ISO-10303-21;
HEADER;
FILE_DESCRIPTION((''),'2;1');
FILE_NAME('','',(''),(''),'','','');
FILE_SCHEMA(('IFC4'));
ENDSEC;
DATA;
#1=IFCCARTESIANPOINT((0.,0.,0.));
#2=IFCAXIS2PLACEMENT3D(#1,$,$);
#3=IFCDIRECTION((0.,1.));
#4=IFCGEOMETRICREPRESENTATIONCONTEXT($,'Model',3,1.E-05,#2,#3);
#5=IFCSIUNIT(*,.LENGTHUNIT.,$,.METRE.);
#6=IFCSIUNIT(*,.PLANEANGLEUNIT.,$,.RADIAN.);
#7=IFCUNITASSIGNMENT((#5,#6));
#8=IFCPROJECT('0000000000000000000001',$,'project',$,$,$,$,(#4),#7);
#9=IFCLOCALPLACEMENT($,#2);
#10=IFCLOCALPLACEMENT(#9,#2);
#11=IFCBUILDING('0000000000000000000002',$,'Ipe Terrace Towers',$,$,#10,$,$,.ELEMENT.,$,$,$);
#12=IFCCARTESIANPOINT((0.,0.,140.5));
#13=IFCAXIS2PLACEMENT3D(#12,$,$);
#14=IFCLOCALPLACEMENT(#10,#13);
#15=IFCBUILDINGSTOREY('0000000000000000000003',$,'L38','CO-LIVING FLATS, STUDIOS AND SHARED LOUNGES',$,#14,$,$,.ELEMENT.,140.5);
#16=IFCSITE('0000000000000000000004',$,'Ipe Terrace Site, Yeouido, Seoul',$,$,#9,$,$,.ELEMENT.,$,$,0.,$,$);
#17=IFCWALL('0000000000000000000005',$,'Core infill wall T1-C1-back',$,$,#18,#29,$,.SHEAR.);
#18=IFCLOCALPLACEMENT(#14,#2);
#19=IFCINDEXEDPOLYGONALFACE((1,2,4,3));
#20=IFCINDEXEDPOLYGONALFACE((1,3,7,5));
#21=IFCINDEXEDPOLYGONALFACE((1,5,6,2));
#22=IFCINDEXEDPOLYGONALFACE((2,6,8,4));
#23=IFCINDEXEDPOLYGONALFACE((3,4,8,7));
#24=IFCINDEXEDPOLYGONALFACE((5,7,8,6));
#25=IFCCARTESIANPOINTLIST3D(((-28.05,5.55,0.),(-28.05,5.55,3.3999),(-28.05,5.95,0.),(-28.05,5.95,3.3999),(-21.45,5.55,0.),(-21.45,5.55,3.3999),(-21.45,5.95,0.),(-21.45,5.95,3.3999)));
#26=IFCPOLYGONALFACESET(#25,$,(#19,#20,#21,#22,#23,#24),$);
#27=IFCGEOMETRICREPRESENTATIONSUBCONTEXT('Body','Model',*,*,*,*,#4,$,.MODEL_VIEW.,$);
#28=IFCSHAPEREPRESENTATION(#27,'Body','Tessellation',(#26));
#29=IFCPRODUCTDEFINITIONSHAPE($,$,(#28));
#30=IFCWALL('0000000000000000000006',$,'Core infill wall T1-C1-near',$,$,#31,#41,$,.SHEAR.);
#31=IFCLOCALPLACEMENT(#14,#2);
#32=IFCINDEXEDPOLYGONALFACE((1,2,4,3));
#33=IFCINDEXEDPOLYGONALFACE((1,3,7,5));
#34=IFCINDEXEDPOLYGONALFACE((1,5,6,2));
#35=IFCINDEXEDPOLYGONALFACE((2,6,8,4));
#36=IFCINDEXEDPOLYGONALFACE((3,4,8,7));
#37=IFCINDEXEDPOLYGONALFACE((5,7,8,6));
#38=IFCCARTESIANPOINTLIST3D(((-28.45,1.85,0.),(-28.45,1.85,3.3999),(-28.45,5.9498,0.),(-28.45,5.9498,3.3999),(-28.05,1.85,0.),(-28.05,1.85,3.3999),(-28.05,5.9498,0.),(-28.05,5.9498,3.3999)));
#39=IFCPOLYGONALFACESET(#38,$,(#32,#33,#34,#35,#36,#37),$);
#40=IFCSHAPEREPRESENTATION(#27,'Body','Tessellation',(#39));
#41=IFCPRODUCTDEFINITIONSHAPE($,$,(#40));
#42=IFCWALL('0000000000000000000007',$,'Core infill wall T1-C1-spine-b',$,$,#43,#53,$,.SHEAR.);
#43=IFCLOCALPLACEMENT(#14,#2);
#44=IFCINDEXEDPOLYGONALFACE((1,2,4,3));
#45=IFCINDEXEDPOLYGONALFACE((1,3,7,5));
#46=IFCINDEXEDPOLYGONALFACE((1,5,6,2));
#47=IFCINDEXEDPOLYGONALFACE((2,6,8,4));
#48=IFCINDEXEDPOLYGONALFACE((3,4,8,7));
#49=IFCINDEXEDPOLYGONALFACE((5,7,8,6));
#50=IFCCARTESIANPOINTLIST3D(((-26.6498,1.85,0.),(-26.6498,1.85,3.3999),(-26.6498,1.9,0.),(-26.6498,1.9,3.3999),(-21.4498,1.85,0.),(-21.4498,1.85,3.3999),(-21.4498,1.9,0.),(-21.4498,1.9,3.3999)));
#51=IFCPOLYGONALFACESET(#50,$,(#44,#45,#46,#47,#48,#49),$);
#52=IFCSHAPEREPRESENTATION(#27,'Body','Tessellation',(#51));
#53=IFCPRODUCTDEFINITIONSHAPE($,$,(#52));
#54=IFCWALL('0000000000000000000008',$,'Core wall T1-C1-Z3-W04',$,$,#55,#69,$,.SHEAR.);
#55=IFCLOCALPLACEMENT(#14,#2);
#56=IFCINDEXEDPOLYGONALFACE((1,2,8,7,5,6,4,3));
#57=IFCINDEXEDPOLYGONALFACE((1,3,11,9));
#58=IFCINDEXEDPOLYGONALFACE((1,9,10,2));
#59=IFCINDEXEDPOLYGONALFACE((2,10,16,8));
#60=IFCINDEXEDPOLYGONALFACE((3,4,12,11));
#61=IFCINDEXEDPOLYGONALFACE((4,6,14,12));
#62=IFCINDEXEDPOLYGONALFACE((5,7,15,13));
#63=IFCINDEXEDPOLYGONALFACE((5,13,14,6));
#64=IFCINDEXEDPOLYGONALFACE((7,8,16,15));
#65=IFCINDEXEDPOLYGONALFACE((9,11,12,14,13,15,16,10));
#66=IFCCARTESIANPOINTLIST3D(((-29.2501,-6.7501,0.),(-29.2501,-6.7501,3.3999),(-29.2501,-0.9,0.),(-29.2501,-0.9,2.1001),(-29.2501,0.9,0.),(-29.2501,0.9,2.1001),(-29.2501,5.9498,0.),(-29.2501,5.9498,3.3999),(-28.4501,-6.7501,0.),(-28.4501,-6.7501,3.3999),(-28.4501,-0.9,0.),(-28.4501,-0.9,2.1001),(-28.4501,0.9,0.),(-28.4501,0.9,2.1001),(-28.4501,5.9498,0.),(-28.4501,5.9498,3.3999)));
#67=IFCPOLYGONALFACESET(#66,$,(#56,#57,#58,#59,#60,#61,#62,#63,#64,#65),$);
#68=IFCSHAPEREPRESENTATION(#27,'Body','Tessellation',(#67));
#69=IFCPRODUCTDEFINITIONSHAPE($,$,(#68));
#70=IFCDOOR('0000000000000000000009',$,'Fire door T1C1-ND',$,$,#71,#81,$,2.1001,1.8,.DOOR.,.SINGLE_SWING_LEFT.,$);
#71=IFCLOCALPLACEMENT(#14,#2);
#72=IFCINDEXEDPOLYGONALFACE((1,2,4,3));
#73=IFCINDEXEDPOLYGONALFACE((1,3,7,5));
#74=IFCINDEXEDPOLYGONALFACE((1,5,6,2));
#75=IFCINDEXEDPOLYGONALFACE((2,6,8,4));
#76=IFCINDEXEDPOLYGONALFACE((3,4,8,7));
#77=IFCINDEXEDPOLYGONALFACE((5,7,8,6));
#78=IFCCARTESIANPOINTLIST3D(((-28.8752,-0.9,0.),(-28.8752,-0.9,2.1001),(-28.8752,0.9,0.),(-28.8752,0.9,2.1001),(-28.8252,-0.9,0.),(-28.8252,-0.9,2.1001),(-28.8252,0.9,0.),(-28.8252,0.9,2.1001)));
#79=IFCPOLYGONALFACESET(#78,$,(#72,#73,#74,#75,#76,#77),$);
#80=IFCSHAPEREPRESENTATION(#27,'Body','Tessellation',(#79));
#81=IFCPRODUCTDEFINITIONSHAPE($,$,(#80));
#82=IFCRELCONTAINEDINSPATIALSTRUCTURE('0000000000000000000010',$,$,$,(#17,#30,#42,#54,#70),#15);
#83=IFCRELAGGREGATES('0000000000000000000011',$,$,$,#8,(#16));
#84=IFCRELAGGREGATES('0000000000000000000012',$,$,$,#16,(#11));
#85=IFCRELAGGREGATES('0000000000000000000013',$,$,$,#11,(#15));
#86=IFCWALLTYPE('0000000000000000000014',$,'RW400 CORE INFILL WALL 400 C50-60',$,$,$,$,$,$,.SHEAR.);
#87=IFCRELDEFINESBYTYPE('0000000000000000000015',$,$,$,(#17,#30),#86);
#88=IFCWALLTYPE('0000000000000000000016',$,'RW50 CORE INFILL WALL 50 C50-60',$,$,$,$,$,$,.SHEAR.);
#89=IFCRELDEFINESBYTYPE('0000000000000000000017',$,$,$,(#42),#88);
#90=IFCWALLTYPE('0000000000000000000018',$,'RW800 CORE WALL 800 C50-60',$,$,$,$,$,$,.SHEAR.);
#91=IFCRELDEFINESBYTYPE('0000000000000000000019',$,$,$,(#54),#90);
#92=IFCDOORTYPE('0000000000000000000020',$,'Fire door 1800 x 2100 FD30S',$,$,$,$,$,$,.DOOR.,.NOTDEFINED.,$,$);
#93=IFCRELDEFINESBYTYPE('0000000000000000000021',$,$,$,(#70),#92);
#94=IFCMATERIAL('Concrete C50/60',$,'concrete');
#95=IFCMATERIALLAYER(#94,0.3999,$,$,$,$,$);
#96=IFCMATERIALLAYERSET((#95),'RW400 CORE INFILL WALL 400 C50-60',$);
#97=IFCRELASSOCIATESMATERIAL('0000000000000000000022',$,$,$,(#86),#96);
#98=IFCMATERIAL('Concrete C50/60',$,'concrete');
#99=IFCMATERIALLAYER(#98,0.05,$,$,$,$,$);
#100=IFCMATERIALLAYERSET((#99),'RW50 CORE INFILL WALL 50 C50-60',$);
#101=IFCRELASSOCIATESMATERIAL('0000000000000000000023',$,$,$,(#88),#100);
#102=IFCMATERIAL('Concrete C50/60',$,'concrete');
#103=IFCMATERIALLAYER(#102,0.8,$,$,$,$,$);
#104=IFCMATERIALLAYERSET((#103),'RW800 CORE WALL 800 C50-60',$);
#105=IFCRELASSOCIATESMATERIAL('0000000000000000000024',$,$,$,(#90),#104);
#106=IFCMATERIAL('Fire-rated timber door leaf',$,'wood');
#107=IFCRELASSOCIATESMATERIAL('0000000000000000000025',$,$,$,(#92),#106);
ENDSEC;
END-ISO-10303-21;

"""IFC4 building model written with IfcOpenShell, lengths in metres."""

from ifc_helpers import new_model, si_unit, direction, frame, frame_2d, origin, place, context, subcontext, project, spatial, rectangle, extrude, material, layer, layer_set, type_object, element, fill, save


model = new_model("IFC4")

# Units and contexts
model_context = context("Model", 3, precision=1e-05, world=origin(), true_north=direction((0.0, 1.0)))
body_context = subcontext(model_context, "Body", "Model", "MODEL_VIEW")
ifc_project = project(units=[si_unit("LENGTHUNIT", "METRE"), si_unit("PLANEANGLEUNIT", "RADIAN")], contexts=[model_context])

# Site, building, storey
site_placement = place(None, origin())
site = spatial("IfcSite", under=ifc_project, at=site_placement, Name="Ipe Terrace Site, Yeouido, Seoul", CompositionType="ELEMENT", RefElevation=0.0)
building_placement = place(site_placement, origin())
building = spatial("IfcBuilding", under=site, at=building_placement, Name="Ipe Terrace Towers", CompositionType="ELEMENT")
storey_placement = place(building_placement, frame((0.0, 0.0, 140.5)))
storey = spatial("IfcBuildingStorey", under=building, at=storey_placement, Name="L38", Description="CO-LIVING FLATS, STUDIOS AND SHARED LOUNGES", CompositionType="ELEMENT", Elevation=140.5)

# Walls
ifc_material_1 = material(Name="Concrete C50/60", Category="concrete")
ifc_layer_1 = layer(ifc_material_1, 0.3999)
ifc_layer_set_1 = layer_set([ifc_layer_1], Name="RW400 CORE INFILL WALL 400 C50-60")
wall_type_1 = type_object("IfcWallType", Name="RW400 CORE INFILL WALL 400 C50-60", PredefinedType="SHEAR", material=ifc_layer_set_1)
wall_1_placement = place(storey_placement, frame((-28.05, 5.75, 0.0), z_axis=(0.0, 0.0, 1.0), x_axis=(1.0, 0.0, 0.0)))
element("IfcWall", 1, at=wall_1_placement, inside=storey, type_object=wall_type_1, Name="Core infill wall T1-C1-back", PredefinedType="SHEAR", context=body_context, shape_type="SweptSolid", body=[
    extrude(rectangle(XDim=6.6001, YDim=0.3999, at=frame_2d((3.3, 0.0))), origin(), (0.0, 0.0, 1.0), 3.3999),
])
wall_2_placement = place(storey_placement, frame((-28.25, 1.8501, 0.0), z_axis=(0.0, 0.0, 1.0), x_axis=(0.0, 1.0, 0.0)))
element("IfcWall", 2, at=wall_2_placement, inside=storey, type_object=wall_type_1, Name="Core infill wall T1-C1-near", PredefinedType="SHEAR", context=body_context, shape_type="SweptSolid", body=[
    extrude(rectangle(XDim=4.0999, YDim=0.3999, at=frame_2d((2.0498, 0.0))), origin(), (0.0, 0.0, 1.0), 3.3999),
])
ifc_material_2 = material(Name="Concrete C50/60", Category="concrete")
ifc_layer_2 = layer(ifc_material_2, 0.05)
ifc_layer_set_2 = layer_set([ifc_layer_2], Name="RW50 CORE INFILL WALL 50 C50-60")
wall_type_2 = type_object("IfcWallType", Name="RW50 CORE INFILL WALL 50 C50-60", PredefinedType="SHEAR", material=ifc_layer_set_2)
wall_3_placement = place(storey_placement, frame((-26.6499, 1.875, 0.0), z_axis=(0.0, 0.0, 1.0), x_axis=(1.0, 0.0, 0.0)))
element("IfcWall", 3, at=wall_3_placement, inside=storey, type_object=wall_type_2, Name="Core infill wall T1-C1-spine-b", PredefinedType="SHEAR", context=body_context, shape_type="SweptSolid", body=[
    extrude(rectangle(XDim=5.2, YDim=0.05, at=frame_2d((2.6001, 0.0))), origin(), (0.0, 0.0, 1.0), 3.3999),
])

# Wall, opening, door
ifc_material_3 = material(Name="Concrete C50/60", Category="concrete")
ifc_layer_3 = layer(ifc_material_3, 0.8)
ifc_layer_set_3 = layer_set([ifc_layer_3], Name="RW800 CORE WALL 800 C50-60")
wall_type_3 = type_object("IfcWallType", Name="RW800 CORE WALL 800 C50-60", PredefinedType="SHEAR", material=ifc_layer_set_3)
wall_4_placement = place(storey_placement, frame((-28.8501, 5.95, 0.0), z_axis=(0.0, 0.0, 1.0), x_axis=(0.0, -1.0, 0.0)))
wall_4 = element("IfcWall", 4, at=wall_4_placement, inside=storey, type_object=wall_type_3, Name="Core wall T1-C1-Z3-W04", PredefinedType="SHEAR", context=body_context, shape_type="SweptSolid", body=[
    extrude(rectangle(XDim=12.7, YDim=0.8, at=frame_2d((6.3501, 0.0))), origin(), (0.0, 0.0, 1.0), 3.3999),
])
opening_1_placement = place(wall_4_placement, frame((5.05, 0.0, 0.0)))
opening_1 = element("IfcOpeningElement", 5, at=opening_1_placement, cuts=wall_4, PredefinedType="OPENING", context=body_context, shape_type="SweptSolid", body=[
    extrude(rectangle(XDim=1.8, YDim=2.1001, at=frame_2d((0.8999, 1.05))), frame((0.0, 0.4102, 0.0), z_axis=(0.0, -1.0, 0.0), x_axis=(1.0, 0.0, 0.0)), (0.0, 0.0, 1.0), 0.8201),
])
ifc_material_4 = material(Name="Fire-rated timber door leaf", Category="wood")
door_type_1 = type_object("IfcDoorType", Name="Fire door 1800 x 2100 FD30S", OperationType="NOTDEFINED", PredefinedType="DOOR", material=ifc_material_4)
door_1_placement = place(opening_1_placement, origin())
door_1 = element("IfcDoor", 6, at=door_1_placement, inside=storey, type_object=door_type_1, Name="Fire door T1C1-ND", OperationType="SINGLE_SWING_LEFT", OverallHeight=2.1001, OverallWidth=1.8, PredefinedType="DOOR", context=body_context, shape_type="SweptSolid", body=[
    extrude(rectangle(XDim=1.8, YDim=2.1001, at=frame_2d((0.8999, 1.05))), frame((0.0, 0.0249, 0.0), z_axis=(0.0, -1.0, 0.0), x_axis=(1.0, 0.0, 0.0)), (0.0, 0.0, 1.0), 0.05),
])
fill(opening_1, door_1)

save(model, "model.ifc")
